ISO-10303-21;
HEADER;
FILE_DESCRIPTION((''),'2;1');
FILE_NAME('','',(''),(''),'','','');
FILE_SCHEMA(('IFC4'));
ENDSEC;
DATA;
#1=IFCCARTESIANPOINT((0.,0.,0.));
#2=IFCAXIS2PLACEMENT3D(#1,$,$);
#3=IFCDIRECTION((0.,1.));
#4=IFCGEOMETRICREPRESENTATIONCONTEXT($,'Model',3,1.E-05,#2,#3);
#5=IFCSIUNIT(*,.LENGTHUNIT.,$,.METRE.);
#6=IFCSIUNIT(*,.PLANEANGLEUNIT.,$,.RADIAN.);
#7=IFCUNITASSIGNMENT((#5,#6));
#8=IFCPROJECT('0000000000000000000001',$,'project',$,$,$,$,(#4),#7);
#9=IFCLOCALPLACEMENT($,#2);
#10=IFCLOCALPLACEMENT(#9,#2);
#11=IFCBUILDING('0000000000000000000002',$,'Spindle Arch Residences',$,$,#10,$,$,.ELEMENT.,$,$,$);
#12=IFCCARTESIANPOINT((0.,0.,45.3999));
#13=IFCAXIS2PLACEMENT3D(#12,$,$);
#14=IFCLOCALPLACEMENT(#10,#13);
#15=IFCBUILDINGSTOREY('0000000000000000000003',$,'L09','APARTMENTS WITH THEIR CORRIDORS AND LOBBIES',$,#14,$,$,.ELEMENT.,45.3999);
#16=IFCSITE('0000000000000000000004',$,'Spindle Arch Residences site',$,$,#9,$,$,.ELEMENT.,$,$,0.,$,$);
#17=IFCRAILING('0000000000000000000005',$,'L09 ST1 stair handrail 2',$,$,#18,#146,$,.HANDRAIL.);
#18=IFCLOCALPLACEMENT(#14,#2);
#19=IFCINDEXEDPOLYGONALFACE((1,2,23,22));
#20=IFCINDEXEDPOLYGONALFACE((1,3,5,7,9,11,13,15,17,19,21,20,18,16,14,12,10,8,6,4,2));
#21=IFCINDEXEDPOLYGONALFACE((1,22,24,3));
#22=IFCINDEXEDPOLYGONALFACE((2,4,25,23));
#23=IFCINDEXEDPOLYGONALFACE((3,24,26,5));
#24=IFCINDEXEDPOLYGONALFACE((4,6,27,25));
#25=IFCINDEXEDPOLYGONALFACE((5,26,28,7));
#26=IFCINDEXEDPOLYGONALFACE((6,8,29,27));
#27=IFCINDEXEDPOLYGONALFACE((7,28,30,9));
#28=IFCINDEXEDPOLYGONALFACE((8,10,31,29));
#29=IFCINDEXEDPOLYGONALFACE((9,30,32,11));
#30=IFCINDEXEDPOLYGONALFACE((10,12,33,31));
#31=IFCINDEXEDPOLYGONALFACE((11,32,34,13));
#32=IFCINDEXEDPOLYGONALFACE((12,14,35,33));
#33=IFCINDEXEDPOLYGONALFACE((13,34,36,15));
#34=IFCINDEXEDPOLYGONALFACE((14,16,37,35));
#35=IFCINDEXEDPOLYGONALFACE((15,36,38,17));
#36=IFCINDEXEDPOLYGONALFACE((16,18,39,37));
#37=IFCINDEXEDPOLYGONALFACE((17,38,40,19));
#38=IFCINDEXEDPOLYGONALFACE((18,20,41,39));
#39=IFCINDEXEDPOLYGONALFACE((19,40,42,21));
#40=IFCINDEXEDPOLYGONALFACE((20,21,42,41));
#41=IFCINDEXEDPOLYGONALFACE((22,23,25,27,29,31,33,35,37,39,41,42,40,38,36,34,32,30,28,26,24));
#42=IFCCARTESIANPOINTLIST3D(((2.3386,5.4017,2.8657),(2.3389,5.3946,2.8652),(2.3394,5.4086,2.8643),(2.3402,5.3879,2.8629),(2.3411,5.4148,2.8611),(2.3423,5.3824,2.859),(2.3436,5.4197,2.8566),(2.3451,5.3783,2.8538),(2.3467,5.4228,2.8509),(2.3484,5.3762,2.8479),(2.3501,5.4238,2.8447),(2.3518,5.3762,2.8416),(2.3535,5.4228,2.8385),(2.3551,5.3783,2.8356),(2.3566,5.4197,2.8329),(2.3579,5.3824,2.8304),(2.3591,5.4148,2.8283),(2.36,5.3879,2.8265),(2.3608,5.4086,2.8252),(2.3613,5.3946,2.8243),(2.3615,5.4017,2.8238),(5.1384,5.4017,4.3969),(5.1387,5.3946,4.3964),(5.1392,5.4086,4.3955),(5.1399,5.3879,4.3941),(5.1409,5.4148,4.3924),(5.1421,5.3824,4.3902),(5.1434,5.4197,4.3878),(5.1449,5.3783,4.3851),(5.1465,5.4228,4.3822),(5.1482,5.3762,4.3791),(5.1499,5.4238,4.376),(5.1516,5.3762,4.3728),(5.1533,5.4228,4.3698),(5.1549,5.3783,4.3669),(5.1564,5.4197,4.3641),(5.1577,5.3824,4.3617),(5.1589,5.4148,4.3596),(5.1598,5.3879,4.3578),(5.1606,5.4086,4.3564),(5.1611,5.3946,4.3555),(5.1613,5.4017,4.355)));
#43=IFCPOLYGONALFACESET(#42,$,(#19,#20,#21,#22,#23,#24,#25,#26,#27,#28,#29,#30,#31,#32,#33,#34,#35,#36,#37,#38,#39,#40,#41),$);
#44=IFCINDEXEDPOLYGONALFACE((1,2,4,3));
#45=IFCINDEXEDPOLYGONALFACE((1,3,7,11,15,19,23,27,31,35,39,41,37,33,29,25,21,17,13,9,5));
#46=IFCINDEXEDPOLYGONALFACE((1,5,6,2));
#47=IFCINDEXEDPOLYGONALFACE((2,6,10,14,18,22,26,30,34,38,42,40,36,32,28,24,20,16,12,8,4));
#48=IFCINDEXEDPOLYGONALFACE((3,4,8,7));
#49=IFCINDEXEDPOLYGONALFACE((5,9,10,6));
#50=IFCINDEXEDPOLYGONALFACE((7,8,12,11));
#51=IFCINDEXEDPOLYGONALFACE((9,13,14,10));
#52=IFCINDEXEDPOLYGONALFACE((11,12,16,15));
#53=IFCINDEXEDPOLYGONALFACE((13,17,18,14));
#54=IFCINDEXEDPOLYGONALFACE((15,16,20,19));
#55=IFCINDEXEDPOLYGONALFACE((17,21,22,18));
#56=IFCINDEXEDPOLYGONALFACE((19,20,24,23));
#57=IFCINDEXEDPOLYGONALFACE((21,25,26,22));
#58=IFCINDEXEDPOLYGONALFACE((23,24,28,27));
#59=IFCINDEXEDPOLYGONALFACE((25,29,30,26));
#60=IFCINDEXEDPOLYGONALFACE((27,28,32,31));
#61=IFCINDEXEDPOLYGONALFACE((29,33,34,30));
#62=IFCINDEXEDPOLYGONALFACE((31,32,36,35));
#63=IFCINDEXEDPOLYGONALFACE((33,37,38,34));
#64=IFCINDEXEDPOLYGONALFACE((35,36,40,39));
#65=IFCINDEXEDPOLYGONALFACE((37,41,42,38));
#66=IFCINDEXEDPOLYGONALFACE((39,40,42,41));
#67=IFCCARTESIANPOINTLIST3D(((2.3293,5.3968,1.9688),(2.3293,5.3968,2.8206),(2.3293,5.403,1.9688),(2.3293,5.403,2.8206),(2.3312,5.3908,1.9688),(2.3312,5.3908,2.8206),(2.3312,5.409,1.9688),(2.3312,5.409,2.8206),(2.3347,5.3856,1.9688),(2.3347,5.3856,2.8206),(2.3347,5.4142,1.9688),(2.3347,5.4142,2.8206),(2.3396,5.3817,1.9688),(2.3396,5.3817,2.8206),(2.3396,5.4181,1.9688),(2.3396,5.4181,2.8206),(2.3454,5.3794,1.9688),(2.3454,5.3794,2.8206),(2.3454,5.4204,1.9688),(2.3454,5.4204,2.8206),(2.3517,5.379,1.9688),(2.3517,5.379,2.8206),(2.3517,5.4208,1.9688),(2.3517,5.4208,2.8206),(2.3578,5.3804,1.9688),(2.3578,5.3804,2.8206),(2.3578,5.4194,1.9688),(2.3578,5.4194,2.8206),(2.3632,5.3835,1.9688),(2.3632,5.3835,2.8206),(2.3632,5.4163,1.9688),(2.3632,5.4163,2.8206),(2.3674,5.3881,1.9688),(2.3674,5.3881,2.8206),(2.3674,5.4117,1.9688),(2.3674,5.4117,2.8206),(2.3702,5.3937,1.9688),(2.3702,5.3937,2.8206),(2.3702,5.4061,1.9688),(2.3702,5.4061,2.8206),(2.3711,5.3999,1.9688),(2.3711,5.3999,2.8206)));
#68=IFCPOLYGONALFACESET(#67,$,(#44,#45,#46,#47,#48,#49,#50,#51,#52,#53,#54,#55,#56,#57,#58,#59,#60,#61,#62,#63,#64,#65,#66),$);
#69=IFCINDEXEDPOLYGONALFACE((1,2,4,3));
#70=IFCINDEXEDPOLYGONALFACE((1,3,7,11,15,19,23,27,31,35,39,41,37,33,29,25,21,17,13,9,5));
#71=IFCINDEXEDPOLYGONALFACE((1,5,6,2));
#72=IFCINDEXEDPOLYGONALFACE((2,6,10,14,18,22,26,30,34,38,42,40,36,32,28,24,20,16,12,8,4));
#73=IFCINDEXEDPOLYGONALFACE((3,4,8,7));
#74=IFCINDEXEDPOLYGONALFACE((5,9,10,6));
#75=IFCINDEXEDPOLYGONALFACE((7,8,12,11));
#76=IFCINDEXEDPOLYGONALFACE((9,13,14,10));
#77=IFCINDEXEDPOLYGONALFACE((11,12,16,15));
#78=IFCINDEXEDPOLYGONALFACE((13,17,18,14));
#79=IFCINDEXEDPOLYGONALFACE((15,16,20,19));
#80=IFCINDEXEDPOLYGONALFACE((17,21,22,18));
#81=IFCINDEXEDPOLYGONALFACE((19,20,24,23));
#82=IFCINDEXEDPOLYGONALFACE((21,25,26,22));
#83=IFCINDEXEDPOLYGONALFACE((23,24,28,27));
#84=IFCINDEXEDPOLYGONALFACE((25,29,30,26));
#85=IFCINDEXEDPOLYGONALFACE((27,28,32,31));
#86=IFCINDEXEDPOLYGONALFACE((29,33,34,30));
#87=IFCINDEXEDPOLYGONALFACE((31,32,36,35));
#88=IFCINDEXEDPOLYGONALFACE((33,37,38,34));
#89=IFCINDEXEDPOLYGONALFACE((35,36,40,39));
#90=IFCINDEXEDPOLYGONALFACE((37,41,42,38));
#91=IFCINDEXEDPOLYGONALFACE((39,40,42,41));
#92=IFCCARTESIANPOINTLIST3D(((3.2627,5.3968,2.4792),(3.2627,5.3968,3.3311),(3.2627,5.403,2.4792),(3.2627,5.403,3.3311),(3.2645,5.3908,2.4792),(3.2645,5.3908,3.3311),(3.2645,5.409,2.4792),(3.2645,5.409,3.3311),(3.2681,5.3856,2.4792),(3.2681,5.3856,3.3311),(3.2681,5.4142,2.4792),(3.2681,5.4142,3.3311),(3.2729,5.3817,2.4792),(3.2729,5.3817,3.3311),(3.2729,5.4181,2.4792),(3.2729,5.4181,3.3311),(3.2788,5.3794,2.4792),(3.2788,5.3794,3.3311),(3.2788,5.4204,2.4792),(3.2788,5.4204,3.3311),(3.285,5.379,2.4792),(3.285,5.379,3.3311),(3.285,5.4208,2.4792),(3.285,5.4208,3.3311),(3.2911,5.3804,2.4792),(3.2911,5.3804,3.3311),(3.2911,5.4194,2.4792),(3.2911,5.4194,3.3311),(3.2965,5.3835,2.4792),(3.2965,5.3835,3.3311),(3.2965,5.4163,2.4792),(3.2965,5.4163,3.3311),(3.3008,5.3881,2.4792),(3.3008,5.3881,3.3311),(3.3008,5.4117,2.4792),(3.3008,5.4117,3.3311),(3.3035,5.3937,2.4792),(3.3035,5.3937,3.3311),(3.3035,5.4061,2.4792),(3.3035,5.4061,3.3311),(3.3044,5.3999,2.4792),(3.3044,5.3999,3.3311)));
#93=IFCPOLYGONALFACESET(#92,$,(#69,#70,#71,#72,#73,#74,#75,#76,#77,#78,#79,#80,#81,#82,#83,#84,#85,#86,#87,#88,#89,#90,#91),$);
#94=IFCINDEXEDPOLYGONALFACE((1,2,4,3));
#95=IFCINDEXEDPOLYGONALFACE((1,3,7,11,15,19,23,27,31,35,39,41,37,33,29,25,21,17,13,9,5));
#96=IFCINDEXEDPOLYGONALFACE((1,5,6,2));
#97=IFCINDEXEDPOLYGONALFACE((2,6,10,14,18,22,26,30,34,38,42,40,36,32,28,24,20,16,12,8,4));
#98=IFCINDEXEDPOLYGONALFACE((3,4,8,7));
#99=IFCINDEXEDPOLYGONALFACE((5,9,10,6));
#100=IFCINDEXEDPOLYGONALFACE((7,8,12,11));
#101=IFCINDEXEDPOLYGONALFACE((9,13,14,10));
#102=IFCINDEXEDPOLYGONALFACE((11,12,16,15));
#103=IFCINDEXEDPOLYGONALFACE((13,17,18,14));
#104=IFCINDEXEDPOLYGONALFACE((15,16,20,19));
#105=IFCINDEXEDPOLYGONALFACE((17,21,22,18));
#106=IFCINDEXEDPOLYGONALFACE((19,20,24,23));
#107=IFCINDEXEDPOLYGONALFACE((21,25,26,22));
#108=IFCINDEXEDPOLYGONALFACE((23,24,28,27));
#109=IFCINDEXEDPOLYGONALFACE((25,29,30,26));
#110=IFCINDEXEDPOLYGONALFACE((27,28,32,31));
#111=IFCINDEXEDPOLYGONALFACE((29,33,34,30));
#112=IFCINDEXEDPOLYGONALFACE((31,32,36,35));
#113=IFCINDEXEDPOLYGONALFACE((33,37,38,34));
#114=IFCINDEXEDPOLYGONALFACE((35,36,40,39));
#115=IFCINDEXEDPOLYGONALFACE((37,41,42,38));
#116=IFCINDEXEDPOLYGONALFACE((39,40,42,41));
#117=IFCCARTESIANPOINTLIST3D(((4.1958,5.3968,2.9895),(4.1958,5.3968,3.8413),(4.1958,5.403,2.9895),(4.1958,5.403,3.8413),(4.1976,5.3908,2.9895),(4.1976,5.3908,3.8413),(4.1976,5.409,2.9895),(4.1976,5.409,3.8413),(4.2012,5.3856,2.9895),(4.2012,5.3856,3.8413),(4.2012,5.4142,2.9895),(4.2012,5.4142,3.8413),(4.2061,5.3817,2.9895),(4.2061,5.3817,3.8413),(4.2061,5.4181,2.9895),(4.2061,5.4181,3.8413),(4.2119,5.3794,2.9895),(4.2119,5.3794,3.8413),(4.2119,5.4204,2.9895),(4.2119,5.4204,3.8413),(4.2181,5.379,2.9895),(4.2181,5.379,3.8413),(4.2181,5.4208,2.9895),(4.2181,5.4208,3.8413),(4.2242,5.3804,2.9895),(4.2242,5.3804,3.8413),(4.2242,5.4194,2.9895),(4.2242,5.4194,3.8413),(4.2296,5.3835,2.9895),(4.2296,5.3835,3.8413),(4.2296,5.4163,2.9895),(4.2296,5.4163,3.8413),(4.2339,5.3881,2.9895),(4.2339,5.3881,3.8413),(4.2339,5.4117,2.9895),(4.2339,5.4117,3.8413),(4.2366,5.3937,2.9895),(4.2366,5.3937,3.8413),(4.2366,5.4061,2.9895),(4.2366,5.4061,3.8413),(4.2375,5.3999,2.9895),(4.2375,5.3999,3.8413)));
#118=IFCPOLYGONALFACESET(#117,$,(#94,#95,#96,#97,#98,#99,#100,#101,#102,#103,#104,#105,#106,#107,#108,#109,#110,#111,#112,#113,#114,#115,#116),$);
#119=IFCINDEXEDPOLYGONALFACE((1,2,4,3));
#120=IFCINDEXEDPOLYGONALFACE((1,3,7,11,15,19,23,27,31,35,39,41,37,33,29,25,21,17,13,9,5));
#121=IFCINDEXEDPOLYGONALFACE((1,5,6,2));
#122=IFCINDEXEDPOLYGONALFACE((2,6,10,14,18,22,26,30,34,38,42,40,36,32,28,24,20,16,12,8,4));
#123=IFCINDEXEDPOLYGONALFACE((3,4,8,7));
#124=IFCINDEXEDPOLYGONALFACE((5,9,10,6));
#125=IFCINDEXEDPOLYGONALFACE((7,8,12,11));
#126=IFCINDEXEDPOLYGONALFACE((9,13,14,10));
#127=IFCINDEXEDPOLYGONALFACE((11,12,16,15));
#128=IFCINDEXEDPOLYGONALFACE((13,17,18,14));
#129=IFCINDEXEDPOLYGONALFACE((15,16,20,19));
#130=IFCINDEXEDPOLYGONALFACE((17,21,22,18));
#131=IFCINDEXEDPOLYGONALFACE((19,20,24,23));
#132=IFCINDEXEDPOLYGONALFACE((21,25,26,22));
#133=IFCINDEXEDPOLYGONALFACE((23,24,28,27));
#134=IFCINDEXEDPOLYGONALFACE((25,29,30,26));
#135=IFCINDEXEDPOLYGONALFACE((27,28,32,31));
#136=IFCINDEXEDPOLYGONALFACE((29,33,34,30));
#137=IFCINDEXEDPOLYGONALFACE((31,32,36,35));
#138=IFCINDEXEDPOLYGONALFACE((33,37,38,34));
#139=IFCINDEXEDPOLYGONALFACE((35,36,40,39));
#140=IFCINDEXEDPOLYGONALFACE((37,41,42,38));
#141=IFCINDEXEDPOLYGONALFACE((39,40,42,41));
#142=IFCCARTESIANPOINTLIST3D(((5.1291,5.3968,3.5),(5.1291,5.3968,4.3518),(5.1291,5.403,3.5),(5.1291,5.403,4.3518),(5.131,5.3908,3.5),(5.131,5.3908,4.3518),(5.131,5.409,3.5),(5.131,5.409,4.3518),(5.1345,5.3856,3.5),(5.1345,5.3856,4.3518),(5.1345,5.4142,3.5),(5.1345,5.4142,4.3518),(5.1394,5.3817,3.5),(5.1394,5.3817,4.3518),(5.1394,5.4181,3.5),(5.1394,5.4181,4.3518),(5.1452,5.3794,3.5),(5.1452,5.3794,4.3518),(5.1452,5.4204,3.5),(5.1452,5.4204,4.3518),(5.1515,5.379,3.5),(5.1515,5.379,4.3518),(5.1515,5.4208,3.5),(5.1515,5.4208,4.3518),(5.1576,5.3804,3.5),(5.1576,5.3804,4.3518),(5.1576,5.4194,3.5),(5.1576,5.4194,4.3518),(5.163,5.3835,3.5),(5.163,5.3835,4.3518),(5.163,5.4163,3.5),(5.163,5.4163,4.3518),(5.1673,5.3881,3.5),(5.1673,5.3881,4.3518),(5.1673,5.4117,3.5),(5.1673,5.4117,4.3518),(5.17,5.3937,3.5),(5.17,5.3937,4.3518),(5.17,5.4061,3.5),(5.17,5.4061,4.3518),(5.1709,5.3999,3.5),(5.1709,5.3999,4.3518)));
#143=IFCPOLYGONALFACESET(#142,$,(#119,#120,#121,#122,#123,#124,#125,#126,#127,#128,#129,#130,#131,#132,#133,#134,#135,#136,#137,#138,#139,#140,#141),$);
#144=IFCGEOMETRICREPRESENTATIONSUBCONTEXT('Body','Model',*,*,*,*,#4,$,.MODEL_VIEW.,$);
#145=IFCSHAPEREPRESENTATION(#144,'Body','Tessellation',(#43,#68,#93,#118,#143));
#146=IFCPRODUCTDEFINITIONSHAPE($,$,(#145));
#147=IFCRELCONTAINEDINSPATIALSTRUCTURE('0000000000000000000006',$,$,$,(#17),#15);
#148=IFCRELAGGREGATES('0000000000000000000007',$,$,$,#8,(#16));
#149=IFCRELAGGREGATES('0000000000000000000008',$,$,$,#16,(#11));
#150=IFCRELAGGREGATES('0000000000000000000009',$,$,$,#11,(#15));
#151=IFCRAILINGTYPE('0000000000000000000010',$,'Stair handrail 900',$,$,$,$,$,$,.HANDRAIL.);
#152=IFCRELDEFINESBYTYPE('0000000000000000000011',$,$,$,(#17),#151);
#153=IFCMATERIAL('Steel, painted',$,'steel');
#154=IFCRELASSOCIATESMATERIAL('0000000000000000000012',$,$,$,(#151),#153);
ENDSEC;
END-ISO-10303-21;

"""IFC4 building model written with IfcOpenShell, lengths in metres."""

from ifc_helpers import new_model, si_unit, direction, frame, origin, origin_2d, place, context, subcontext, project, spatial, circle, extrude, material, type_object, element, save


model = new_model("IFC4")

# Units and contexts
model_context = context("Model", 3, precision=1e-05, world=origin(), true_north=direction((0.0, 1.0)))
body_context = subcontext(model_context, "Body", "Model", "MODEL_VIEW")
ifc_project = project(units=[si_unit("LENGTHUNIT", "METRE"), si_unit("PLANEANGLEUNIT", "RADIAN")], contexts=[model_context])

# Site, building, storey
site_placement = place(None, origin())
site = spatial("IfcSite", under=ifc_project, at=site_placement, Name="Spindle Arch Residences site", CompositionType="ELEMENT", RefElevation=0.0)
building_placement = place(site_placement, origin())
building = spatial("IfcBuilding", under=site, at=building_placement, Name="Spindle Arch Residences", CompositionType="ELEMENT")
storey_placement = place(building_placement, frame((0.0, 0.0, 45.3999)))
storey = spatial("IfcBuildingStorey", under=building, at=storey_placement, Name="L09", Description="APARTMENTS WITH THEIR CORRIDORS AND LOBBIES", CompositionType="ELEMENT", Elevation=45.3999)

# Railing
ifc_material_1 = material(Name="Steel, painted", Category="steel")
railing_type_1 = type_object("IfcRailingType", Name="Stair handrail 900", PredefinedType="HANDRAIL", material=ifc_material_1)
railing_1_placement = place(storey_placement, frame((2.3501, 5.3999, 1.9688)))
element("IfcRailing", 1, at=railing_1_placement, inside=storey, type_object=railing_type_1, Name="L09 ST1 stair handrail 2", PredefinedType="HANDRAIL", context=body_context, shape_type="SweptSolid", body=[
    extrude(circle(Radius=0.0239, at=origin_2d()), frame((0.0, 0.0, 0.876), z_axis=(0.877357, 0.0, 0.479838), x_axis=(0.0, 1.0, 0.0)), (0.0, 0.0, 1.0), 3.1912),
    extrude(circle(Radius=0.021, at=origin_2d()), origin(), (0.0, 0.0, 1.0), 0.8518),
    extrude(circle(Radius=0.021, at=origin_2d()), frame((0.9333, 0.0, 0.5105)), (0.0, 0.0, 1.0), 0.8518),
    extrude(circle(Radius=0.021, at=origin_2d()), frame((1.8665, 0.0, 1.0208)), (0.0, 0.0, 1.0), 0.8518),
    extrude(circle(Radius=0.021, at=origin_2d()), frame((2.7998, 0.0, 1.5312)), (0.0, 0.0, 1.0), 0.8518),
])

save(model, "model.ifc")
